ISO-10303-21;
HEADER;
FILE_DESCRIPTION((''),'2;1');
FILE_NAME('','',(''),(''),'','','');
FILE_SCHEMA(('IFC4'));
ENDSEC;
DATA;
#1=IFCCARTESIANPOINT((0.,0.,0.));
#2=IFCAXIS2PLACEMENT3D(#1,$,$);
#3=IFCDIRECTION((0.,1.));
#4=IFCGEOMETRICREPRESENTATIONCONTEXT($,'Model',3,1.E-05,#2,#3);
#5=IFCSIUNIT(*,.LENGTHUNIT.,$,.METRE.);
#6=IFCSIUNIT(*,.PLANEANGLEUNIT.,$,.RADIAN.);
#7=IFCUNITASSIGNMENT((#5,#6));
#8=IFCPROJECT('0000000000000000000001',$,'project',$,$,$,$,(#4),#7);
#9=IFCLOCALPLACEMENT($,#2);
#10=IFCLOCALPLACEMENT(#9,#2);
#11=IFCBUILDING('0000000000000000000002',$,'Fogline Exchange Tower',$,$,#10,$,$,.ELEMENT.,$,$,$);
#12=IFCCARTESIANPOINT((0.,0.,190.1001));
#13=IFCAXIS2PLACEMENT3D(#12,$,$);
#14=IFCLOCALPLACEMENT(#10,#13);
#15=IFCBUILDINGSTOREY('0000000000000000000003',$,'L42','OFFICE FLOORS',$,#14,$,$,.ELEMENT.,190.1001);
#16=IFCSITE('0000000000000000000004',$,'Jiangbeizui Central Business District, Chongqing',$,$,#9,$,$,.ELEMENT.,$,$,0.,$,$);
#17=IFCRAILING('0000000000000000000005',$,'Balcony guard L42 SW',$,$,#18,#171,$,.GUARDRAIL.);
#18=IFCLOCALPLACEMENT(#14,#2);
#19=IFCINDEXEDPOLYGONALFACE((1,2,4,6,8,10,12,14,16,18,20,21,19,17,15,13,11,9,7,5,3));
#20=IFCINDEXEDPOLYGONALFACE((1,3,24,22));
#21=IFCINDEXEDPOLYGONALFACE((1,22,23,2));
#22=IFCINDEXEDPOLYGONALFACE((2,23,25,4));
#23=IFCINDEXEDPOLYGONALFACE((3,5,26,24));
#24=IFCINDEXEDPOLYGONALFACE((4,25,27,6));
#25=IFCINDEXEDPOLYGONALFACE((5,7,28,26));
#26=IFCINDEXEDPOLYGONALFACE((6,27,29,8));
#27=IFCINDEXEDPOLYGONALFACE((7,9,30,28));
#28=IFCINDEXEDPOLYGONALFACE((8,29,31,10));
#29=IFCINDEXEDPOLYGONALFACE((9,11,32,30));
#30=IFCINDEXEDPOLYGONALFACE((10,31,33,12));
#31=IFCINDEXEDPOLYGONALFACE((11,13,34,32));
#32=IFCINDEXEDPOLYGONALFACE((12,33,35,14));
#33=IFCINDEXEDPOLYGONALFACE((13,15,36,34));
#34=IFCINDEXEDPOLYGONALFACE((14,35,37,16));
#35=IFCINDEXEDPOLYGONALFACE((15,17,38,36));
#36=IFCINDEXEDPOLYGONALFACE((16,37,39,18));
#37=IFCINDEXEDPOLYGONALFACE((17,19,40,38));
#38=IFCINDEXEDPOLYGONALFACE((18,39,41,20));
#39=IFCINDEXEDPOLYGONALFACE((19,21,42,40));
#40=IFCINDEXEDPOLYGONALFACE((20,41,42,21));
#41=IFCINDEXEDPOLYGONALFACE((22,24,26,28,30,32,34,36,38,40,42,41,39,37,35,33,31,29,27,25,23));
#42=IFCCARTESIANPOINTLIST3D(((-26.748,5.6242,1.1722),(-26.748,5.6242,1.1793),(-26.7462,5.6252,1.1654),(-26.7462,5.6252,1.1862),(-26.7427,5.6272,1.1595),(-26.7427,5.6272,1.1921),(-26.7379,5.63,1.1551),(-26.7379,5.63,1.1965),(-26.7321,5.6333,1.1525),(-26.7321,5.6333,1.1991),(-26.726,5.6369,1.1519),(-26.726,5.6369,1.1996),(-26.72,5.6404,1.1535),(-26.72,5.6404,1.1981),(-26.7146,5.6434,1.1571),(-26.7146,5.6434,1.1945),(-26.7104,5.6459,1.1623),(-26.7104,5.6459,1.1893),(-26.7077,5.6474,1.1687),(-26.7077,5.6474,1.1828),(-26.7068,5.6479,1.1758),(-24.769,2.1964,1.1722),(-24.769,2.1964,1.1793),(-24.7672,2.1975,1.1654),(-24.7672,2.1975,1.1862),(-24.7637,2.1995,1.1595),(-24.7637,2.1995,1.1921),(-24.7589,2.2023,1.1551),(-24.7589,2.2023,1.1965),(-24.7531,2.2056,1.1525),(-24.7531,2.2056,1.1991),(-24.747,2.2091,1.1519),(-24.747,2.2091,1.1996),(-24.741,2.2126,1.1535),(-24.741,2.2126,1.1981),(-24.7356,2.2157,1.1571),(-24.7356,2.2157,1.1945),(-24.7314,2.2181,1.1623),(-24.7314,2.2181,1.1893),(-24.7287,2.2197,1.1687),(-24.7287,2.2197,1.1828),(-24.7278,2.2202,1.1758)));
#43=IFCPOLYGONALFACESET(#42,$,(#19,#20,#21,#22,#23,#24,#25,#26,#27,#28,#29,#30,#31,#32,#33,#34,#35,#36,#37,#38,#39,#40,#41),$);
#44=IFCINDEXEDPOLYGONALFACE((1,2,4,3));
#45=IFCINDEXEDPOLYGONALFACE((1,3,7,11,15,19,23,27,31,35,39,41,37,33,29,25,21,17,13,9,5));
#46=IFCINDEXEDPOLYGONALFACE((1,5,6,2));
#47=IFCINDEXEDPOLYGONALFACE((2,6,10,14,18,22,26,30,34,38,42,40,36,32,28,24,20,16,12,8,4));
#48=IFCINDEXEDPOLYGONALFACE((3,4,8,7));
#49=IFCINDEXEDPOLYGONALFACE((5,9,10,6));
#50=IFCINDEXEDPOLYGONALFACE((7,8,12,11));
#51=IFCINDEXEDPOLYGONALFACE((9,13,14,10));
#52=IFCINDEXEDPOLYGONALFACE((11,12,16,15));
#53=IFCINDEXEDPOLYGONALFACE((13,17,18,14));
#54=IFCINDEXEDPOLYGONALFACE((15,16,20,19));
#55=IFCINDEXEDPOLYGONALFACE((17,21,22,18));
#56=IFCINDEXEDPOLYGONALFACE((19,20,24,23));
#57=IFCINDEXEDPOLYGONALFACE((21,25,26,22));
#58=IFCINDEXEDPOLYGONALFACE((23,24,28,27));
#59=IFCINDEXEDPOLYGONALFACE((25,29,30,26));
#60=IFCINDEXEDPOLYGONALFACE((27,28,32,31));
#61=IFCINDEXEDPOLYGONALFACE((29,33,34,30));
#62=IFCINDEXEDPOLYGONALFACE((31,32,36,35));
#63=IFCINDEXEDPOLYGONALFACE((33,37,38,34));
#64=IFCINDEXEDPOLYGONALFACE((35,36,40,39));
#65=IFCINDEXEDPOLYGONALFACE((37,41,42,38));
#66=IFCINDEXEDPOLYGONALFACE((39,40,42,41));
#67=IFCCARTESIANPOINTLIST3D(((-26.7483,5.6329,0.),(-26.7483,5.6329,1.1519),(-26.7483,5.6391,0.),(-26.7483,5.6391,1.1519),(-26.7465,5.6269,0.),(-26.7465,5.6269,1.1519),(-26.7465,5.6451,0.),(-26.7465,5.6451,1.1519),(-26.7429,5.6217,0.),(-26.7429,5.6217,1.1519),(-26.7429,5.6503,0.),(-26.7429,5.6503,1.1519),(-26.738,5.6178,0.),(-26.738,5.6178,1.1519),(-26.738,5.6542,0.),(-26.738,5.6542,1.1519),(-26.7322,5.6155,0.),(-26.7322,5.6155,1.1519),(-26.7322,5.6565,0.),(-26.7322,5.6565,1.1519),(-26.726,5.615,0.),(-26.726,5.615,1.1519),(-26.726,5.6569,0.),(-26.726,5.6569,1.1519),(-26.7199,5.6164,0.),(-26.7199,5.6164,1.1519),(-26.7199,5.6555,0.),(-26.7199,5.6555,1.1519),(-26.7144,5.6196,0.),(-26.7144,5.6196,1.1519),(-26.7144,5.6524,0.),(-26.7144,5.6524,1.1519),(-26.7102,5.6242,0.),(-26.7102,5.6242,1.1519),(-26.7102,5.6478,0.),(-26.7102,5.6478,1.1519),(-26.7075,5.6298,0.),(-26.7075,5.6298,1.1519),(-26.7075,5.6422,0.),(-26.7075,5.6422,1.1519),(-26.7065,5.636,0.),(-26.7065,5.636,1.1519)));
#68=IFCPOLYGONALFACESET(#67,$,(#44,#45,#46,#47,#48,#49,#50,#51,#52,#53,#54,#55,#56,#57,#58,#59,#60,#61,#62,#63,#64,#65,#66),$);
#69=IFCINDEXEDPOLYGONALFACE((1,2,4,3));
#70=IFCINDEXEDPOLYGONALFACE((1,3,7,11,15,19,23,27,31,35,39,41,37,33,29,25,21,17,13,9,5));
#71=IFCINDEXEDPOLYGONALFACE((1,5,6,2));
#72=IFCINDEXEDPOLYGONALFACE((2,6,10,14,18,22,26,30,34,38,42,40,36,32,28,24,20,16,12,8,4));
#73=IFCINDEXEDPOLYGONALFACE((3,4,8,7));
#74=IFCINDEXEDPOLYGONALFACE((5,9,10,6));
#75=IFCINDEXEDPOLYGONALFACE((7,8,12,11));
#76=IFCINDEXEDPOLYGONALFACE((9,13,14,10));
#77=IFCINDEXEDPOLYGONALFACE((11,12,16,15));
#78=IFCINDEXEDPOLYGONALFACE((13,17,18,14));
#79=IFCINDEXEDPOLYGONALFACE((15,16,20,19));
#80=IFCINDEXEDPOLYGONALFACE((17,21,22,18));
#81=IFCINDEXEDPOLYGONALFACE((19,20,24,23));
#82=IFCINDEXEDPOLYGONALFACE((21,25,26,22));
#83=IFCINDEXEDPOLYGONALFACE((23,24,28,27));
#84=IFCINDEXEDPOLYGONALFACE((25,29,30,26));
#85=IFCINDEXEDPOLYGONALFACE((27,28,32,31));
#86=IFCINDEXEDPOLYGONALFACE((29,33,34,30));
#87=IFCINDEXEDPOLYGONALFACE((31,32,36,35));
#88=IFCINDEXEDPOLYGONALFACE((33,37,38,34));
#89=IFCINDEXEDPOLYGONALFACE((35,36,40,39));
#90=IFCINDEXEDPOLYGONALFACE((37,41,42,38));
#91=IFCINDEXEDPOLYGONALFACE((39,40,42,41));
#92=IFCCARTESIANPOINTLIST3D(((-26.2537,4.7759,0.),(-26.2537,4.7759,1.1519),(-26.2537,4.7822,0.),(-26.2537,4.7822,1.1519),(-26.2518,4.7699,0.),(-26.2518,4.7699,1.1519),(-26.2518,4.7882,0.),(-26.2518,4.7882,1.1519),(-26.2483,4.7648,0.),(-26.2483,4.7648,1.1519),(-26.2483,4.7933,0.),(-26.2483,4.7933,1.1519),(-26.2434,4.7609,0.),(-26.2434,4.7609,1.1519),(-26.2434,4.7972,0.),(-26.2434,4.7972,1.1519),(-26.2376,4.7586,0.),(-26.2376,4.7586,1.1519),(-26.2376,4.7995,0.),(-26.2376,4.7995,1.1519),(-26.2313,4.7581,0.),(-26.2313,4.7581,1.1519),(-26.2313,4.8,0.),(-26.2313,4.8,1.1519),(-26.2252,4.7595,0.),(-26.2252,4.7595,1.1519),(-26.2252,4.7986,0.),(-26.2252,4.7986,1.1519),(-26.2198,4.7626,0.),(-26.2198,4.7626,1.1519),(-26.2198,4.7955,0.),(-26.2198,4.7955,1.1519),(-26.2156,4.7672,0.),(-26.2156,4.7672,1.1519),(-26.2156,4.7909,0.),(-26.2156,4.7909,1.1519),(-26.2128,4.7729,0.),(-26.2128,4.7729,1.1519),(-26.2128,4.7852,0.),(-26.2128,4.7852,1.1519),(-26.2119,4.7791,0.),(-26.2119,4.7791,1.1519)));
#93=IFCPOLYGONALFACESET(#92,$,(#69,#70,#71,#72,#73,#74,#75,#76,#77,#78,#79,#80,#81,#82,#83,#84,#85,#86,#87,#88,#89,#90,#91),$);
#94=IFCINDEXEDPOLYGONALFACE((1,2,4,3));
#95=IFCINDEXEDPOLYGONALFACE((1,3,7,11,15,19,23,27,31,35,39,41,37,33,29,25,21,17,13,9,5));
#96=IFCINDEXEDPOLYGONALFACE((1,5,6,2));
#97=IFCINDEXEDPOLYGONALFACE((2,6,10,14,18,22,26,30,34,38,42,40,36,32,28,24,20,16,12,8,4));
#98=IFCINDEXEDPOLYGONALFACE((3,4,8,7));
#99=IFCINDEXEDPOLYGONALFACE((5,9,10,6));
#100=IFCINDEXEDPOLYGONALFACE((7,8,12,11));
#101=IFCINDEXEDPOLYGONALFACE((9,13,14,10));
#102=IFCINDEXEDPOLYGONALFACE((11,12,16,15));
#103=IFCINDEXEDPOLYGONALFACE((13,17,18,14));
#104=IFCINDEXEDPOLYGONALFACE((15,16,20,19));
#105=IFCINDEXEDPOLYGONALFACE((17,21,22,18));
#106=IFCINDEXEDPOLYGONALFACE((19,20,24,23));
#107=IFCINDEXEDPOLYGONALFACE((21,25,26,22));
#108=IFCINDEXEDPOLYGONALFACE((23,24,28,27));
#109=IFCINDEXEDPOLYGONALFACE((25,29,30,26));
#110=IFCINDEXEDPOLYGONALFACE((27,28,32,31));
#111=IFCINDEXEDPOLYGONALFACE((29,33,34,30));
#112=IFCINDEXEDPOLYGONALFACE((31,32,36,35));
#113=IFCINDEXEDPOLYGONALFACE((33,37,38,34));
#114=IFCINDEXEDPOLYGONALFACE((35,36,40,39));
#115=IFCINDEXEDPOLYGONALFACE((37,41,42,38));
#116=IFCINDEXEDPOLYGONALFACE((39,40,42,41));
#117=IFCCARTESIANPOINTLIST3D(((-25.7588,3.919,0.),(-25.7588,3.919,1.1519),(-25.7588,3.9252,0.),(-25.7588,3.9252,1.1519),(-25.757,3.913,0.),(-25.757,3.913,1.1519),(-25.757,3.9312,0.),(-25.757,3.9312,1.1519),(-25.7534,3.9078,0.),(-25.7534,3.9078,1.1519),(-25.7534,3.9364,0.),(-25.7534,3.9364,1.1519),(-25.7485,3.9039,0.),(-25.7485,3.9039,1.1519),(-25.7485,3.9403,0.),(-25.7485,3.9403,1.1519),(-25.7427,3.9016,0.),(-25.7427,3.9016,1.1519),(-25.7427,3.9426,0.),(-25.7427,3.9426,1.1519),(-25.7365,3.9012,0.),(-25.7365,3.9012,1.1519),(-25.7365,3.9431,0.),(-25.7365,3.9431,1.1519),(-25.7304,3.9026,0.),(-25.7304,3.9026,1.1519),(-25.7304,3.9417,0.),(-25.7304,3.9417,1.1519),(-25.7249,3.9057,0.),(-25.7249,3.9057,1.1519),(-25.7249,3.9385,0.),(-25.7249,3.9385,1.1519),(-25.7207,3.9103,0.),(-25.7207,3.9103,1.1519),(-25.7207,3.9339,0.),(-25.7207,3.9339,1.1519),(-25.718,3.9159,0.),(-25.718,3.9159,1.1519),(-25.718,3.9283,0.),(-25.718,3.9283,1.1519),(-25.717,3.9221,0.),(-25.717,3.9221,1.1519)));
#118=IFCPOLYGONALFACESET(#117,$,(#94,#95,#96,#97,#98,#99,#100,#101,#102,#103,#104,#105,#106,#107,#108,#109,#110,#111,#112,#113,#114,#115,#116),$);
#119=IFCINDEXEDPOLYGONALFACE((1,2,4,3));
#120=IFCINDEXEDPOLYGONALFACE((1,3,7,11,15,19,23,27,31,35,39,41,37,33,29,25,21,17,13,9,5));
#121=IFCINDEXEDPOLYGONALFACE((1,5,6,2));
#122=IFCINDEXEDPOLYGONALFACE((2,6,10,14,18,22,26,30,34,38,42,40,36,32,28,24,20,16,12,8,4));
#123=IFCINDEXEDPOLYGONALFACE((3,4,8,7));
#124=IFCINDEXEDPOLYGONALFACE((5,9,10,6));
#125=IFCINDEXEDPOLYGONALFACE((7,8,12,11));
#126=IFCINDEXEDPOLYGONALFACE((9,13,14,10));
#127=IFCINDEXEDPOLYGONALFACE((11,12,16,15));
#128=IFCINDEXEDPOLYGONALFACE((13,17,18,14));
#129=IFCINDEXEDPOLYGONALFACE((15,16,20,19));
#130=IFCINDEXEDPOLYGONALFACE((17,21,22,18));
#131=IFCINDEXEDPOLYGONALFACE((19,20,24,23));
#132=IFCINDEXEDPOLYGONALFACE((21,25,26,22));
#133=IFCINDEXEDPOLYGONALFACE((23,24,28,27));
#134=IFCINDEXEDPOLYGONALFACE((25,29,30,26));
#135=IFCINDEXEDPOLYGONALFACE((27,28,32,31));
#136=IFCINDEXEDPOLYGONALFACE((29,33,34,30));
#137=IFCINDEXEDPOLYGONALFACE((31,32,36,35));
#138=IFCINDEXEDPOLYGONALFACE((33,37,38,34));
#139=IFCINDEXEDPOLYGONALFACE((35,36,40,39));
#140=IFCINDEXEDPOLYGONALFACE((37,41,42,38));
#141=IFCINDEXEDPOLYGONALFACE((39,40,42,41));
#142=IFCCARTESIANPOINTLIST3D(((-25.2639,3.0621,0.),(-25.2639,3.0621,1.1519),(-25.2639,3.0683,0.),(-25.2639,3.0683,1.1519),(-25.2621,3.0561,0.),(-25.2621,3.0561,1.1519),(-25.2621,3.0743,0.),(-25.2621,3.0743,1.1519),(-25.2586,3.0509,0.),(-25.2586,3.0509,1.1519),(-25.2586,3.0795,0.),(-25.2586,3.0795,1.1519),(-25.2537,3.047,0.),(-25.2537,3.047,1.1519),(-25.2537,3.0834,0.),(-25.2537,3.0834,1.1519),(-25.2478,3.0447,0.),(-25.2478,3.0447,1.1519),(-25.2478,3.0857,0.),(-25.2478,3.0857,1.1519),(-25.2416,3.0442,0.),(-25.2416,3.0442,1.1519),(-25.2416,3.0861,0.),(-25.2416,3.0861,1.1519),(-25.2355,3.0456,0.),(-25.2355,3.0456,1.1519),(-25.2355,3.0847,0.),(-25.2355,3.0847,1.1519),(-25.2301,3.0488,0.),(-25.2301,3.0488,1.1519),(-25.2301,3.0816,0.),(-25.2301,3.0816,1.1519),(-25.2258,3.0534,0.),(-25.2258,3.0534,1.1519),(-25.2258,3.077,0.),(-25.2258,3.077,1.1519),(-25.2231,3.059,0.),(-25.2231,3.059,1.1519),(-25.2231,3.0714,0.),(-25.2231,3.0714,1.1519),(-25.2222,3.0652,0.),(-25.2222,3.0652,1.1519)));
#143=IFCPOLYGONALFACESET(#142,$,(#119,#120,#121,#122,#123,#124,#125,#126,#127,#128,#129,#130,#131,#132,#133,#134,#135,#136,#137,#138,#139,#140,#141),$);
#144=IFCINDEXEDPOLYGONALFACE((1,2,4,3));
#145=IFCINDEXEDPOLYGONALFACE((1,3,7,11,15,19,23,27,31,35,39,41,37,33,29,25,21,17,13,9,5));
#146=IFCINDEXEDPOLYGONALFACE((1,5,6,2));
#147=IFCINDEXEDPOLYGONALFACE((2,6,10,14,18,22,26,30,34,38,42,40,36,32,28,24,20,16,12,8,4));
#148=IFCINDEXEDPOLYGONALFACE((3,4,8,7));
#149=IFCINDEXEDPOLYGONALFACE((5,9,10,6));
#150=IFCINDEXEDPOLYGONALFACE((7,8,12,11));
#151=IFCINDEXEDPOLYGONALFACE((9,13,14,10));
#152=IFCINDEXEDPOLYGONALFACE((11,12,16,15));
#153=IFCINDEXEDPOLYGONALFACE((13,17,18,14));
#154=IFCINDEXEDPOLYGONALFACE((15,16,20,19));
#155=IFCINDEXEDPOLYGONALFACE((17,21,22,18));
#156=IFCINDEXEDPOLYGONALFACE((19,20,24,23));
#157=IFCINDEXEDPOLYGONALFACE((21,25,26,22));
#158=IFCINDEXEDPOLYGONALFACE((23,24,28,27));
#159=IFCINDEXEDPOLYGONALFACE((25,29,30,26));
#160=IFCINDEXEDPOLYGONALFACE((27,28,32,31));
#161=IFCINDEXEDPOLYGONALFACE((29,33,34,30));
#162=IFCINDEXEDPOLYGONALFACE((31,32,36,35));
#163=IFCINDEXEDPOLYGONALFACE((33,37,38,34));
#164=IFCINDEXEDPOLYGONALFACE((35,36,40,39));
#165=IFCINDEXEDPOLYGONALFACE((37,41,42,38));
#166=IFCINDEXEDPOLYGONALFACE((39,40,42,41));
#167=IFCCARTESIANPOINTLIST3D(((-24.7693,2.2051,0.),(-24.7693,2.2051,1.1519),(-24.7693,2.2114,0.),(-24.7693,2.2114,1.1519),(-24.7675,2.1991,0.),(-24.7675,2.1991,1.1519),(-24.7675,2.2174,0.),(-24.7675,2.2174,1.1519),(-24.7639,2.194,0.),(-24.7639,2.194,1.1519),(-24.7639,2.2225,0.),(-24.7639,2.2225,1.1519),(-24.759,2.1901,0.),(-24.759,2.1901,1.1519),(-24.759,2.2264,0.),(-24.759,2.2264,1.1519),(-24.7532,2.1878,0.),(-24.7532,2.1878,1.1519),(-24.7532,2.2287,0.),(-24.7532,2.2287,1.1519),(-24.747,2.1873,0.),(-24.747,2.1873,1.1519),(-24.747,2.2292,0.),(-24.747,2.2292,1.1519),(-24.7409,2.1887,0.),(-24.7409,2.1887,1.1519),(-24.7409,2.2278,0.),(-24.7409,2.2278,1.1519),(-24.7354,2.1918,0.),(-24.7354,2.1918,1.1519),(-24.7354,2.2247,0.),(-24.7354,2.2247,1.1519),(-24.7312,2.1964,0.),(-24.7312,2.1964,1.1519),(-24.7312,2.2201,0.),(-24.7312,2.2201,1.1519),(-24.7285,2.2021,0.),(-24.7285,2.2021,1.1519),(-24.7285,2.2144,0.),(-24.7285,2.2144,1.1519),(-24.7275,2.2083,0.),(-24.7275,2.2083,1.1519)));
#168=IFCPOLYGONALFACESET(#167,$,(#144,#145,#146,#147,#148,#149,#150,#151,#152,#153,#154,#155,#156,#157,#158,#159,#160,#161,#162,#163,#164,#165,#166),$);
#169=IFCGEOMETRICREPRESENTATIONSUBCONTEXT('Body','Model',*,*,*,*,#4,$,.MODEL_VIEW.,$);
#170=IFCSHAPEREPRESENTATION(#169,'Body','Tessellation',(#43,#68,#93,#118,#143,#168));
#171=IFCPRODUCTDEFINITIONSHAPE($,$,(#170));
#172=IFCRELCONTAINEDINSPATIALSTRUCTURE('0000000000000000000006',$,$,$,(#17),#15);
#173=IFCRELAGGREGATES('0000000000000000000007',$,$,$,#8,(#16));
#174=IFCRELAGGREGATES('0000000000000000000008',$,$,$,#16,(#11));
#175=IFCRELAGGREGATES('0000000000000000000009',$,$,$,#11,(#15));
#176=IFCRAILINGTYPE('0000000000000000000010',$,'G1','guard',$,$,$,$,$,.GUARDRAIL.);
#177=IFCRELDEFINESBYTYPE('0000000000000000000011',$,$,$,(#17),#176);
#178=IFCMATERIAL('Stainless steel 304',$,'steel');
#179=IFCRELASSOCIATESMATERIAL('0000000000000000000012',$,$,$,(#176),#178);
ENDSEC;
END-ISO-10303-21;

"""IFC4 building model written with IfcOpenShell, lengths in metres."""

from ifc_helpers import new_model, si_unit, direction, frame, origin, origin_2d, place, context, subcontext, project, spatial, circle, extrude, material, type_object, element, save


model = new_model("IFC4")

# Units and contexts
model_context = context("Model", 3, precision=1e-05, world=origin(), true_north=direction((0.0, 1.0)))
body_context = subcontext(model_context, "Body", "Model", "MODEL_VIEW")
ifc_project = project(units=[si_unit("LENGTHUNIT", "METRE"), si_unit("PLANEANGLEUNIT", "RADIAN")], contexts=[model_context])

# Site, building, storey
site_placement = place(None, origin())
site = spatial("IfcSite", under=ifc_project, at=site_placement, Name="Jiangbeizui Central Business District, Chongqing", CompositionType="ELEMENT", RefElevation=0.0)
building_placement = place(site_placement, origin())
building = spatial("IfcBuilding", under=site, at=building_placement, Name="Fogline Exchange Tower", CompositionType="ELEMENT")
storey_placement = place(building_placement, frame((0.0, 0.0, 190.1001)))
storey = spatial("IfcBuildingStorey", under=building, at=storey_placement, Name="L42", Description="OFFICE FLOORS", CompositionType="ELEMENT", Elevation=190.1001)

# Railing
ifc_material_1 = material(Name="Stainless steel 304", Category="steel")
railing_type = type_object("IfcRailingType", Name="G1", Description="guard", PredefinedType="GUARDRAIL", material=ifc_material_1)
railing_placement = place(storey_placement, frame((-26.7275, 5.636, 0.0)))
element("IfcRailing", 1, at=railing_placement, inside=storey, type_object=railing_type, Name="Balcony guard L42 SW", PredefinedType="GUARDRAIL", context=body_context, shape_type="SweptSolid", body=[
    extrude(circle(Radius=0.0239, at=origin_2d()), frame((0.0, 0.0, 1.1758), z_axis=(0.5, -0.866025, 0.0), x_axis=(0.866025, 0.5, 0.0)), (0.0, 0.0, 1.0), 3.958),
    extrude(circle(Radius=0.021, at=origin_2d()), origin(), (0.0, 0.0, 1.0), 1.1519),
    extrude(circle(Radius=0.021, at=origin_2d()), frame((0.4946, -0.8569, 0.0)), (0.0, 0.0, 1.0), 1.1519),
    extrude(circle(Radius=0.021, at=origin_2d()), frame((0.9895, -1.7139, 0.0)), (0.0, 0.0, 1.0), 1.1519),
    extrude(circle(Radius=0.021, at=origin_2d()), frame((1.4844, -2.5708, 0.0)), (0.0, 0.0, 1.0), 1.1519),
    extrude(circle(Radius=0.021, at=origin_2d()), frame((1.979, -3.4277, 0.0)), (0.0, 0.0, 1.0), 1.1519),
])

save(model, "model.ifc")
